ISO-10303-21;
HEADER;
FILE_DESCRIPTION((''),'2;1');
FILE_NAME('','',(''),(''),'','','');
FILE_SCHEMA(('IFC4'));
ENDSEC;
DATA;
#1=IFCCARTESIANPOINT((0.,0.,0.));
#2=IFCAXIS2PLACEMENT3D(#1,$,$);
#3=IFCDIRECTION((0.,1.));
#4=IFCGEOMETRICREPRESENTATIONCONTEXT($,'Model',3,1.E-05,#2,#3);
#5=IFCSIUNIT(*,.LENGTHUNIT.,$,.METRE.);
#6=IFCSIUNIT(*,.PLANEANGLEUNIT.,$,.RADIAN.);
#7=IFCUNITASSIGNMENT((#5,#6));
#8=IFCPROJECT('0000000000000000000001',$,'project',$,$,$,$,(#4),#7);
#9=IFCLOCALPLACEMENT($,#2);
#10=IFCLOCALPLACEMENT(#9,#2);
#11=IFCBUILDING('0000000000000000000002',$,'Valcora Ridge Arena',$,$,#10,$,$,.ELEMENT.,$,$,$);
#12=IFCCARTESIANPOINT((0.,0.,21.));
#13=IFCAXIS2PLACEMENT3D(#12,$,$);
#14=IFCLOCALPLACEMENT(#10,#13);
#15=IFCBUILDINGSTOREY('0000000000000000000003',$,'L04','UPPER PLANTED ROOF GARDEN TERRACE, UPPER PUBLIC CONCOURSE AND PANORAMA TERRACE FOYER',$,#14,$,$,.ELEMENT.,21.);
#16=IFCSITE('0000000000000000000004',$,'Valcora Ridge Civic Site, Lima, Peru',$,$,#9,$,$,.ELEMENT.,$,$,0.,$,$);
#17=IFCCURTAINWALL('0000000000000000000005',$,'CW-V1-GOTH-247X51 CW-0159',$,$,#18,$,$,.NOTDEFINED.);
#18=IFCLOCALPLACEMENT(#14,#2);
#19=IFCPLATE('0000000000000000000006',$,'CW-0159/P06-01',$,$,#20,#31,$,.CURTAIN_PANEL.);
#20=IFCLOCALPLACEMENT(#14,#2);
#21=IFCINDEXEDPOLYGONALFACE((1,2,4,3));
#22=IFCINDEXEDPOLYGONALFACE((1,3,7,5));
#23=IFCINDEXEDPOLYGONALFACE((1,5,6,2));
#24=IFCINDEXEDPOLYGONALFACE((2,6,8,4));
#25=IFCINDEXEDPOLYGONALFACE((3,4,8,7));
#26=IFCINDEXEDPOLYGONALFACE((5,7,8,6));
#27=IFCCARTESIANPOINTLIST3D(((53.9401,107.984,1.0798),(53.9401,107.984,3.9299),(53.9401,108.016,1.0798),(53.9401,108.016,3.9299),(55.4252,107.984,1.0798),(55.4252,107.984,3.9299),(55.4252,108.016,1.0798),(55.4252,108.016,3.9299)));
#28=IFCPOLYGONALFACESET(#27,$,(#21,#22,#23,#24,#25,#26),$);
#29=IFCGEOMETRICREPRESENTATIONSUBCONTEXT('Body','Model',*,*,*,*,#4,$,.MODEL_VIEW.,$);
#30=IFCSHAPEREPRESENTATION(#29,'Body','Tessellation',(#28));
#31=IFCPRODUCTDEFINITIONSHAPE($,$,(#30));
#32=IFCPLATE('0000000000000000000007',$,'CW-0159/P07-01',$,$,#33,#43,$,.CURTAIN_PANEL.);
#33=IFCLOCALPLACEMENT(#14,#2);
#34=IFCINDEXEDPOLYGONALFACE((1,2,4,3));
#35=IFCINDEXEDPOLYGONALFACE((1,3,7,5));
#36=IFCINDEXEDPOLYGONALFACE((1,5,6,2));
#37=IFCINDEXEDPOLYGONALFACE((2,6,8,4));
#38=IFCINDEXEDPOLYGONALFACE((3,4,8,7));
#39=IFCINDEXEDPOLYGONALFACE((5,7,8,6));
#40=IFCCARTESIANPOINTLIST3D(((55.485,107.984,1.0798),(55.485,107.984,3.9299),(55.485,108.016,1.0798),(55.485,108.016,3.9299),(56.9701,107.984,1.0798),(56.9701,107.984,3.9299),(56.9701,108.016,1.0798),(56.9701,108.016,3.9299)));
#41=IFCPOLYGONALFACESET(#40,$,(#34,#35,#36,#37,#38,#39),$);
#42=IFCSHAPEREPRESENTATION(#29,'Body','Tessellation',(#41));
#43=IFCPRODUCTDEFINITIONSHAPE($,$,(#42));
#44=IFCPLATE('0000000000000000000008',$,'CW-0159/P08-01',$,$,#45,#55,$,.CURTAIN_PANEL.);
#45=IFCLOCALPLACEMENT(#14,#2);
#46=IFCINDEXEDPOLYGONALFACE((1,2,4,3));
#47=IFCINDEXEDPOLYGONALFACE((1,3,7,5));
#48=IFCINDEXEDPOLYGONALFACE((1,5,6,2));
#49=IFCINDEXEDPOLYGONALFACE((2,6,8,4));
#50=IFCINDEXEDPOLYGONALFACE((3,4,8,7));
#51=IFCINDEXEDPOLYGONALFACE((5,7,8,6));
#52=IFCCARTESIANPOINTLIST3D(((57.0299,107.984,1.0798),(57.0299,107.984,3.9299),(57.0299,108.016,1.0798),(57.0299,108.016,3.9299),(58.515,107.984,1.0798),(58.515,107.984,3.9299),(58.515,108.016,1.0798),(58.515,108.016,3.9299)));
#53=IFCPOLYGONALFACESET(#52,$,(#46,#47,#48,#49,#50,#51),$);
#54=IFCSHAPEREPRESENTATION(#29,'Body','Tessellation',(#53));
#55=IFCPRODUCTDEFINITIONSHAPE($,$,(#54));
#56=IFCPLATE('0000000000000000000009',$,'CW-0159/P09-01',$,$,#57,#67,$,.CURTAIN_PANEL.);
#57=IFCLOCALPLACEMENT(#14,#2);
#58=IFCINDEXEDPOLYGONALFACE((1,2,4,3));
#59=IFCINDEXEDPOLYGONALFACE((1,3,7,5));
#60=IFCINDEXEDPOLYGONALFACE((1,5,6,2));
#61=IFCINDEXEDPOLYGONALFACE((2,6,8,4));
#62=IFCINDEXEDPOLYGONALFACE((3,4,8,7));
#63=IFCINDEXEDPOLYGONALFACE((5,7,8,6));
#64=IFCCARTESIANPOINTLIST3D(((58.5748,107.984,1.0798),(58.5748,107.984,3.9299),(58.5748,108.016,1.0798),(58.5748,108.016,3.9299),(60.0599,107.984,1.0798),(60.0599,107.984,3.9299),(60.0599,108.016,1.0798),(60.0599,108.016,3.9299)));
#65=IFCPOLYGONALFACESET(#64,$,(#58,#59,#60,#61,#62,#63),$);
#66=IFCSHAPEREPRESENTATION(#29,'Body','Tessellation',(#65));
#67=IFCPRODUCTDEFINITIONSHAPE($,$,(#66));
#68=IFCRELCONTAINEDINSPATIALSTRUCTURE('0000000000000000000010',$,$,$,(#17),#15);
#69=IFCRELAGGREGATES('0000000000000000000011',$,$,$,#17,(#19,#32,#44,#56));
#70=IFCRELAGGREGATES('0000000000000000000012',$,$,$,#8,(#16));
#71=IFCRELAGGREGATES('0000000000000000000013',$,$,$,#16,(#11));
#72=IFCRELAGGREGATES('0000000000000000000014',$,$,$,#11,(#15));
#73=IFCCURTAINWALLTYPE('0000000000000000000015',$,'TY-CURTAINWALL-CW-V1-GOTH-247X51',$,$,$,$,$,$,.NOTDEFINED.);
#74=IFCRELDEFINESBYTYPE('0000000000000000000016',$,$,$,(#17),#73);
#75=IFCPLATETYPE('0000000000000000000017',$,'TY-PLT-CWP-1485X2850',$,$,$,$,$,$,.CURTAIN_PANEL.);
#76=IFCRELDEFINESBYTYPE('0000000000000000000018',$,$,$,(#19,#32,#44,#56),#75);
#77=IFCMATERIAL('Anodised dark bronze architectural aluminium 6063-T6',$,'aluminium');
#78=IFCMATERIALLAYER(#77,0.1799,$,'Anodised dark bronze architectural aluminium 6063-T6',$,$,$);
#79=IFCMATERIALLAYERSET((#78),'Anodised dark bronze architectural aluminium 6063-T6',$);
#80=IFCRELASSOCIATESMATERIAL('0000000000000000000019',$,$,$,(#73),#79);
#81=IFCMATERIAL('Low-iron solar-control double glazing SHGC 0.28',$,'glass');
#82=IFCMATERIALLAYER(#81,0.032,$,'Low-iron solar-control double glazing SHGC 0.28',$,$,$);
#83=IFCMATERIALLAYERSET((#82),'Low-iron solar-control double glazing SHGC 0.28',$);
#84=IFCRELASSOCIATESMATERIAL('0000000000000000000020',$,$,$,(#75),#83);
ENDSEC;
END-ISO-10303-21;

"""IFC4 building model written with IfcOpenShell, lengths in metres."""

from ifc_helpers import new_model, si_unit, direction, frame, origin, origin_2d, place, context, subcontext, project, spatial, rectangle, extrude, material, layer, layer_set, type_object, element, aggregate, save


model = new_model("IFC4")

# Units and contexts
model_context = context("Model", 3, precision=1e-05, world=origin(), true_north=direction((0.0, 1.0)))
body_context = subcontext(model_context, "Body", "Model", "MODEL_VIEW")
ifc_project = project(units=[si_unit("LENGTHUNIT", "METRE"), si_unit("PLANEANGLEUNIT", "RADIAN")], contexts=[model_context])

# Site, building, storey
site_placement = place(None, origin())
site = spatial("IfcSite", under=ifc_project, at=site_placement, Name="Valcora Ridge Civic Site, Lima, Peru", CompositionType="ELEMENT", RefElevation=0.0)
building_placement = place(site_placement, origin())
building = spatial("IfcBuilding", under=site, at=building_placement, Name="Valcora Ridge Arena", CompositionType="ELEMENT")
storey_placement = place(building_placement, frame((0.0, 0.0, 21.0)))
storey = spatial("IfcBuildingStorey", under=building, at=storey_placement, Name="L04", Description="UPPER PLANTED ROOF GARDEN TERRACE, UPPER PUBLIC CONCOURSE AND PANORAMA TERRACE FOYER", CompositionType="ELEMENT", Elevation=21.0)

# Curtain wall, plates
ifc_material_1 = material(Name="Anodised dark bronze architectural aluminium 6063-T6", Category="aluminium")
ifc_layer_1 = layer(ifc_material_1, 0.1799, Name="Anodised dark bronze architectural aluminium 6063-T6")
ifc_layer_set_1 = layer_set([ifc_layer_1], Name="Anodised dark bronze architectural aluminium 6063-T6")
curtain_wall_type = type_object("IfcCurtainWallType", Name="TY-CURTAINWALL-CW-V1-GOTH-247X51", PredefinedType="NOTDEFINED", material=ifc_layer_set_1)
curtain_wall_placement = place(storey_placement, origin())
curtain_wall = element("IfcCurtainWall", 1, at=curtain_wall_placement, inside=storey, type_object=curtain_wall_type, Name="CW-V1-GOTH-247X51 CW-0159", PredefinedType="NOTDEFINED")
ifc_material_2 = material(Name="Low-iron solar-control double glazing SHGC 0.28", Category="glass")
ifc_layer_2 = layer(ifc_material_2, 0.032, Name="Low-iron solar-control double glazing SHGC 0.28")
ifc_layer_set_2 = layer_set([ifc_layer_2], Name="Low-iron solar-control double glazing SHGC 0.28")
plate_type_1 = type_object("IfcPlateType", Name="TY-PLT-CWP-1485X2850", PredefinedType="CURTAIN_PANEL", material=ifc_layer_set_2)
plate_1_placement = place(storey_placement, frame((54.6826, 108.0, 1.0798), z_axis=(0.0, 0.0, 1.0), x_axis=(1.0, 0.0, 0.0)))
plate_1 = element("IfcPlate", 2, at=plate_1_placement, type_object=plate_type_1, Name="CW-0159/P06-01", PredefinedType="CURTAIN_PANEL", context=body_context, shape_type="SweptSolid", body=[
    extrude(rectangle(XDim=1.4851, YDim=0.032, at=origin_2d()), origin(), (0.0, 0.0, 1.0), 2.8501),
])
plate_2_placement = place(storey_placement, frame((56.2275, 108.0, 1.0798), z_axis=(0.0, 0.0, 1.0), x_axis=(1.0, 0.0, 0.0)))
plate_2 = element("IfcPlate", 3, at=plate_2_placement, type_object=plate_type_1, Name="CW-0159/P07-01", PredefinedType="CURTAIN_PANEL", context=body_context, shape_type="SweptSolid", body=[
    extrude(rectangle(XDim=1.4851, YDim=0.032, at=origin_2d()), origin(), (0.0, 0.0, 1.0), 2.8501),
])
plate_3_placement = place(storey_placement, frame((57.7725, 108.0, 1.0798), z_axis=(0.0, 0.0, 1.0), x_axis=(1.0, 0.0, 0.0)))
plate_3 = element("IfcPlate", 4, at=plate_3_placement, type_object=plate_type_1, Name="CW-0159/P08-01", PredefinedType="CURTAIN_PANEL", context=body_context, shape_type="SweptSolid", body=[
    extrude(rectangle(XDim=1.4851, YDim=0.032, at=origin_2d()), origin(), (0.0, 0.0, 1.0), 2.8501),
])
plate_4_placement = place(storey_placement, frame((59.3174, 108.0, 1.0798), z_axis=(0.0, 0.0, 1.0), x_axis=(1.0, 0.0, 0.0)))
plate_4 = element("IfcPlate", 5, at=plate_4_placement, type_object=plate_type_1, Name="CW-0159/P09-01", PredefinedType="CURTAIN_PANEL", context=body_context, shape_type="SweptSolid", body=[
    extrude(rectangle(XDim=1.4851, YDim=0.032, at=origin_2d()), origin(), (0.0, 0.0, 1.0), 2.8501),
])
aggregate(curtain_wall, [plate_1, plate_2, plate_3, plate_4])

save(model, "model.ifc")
